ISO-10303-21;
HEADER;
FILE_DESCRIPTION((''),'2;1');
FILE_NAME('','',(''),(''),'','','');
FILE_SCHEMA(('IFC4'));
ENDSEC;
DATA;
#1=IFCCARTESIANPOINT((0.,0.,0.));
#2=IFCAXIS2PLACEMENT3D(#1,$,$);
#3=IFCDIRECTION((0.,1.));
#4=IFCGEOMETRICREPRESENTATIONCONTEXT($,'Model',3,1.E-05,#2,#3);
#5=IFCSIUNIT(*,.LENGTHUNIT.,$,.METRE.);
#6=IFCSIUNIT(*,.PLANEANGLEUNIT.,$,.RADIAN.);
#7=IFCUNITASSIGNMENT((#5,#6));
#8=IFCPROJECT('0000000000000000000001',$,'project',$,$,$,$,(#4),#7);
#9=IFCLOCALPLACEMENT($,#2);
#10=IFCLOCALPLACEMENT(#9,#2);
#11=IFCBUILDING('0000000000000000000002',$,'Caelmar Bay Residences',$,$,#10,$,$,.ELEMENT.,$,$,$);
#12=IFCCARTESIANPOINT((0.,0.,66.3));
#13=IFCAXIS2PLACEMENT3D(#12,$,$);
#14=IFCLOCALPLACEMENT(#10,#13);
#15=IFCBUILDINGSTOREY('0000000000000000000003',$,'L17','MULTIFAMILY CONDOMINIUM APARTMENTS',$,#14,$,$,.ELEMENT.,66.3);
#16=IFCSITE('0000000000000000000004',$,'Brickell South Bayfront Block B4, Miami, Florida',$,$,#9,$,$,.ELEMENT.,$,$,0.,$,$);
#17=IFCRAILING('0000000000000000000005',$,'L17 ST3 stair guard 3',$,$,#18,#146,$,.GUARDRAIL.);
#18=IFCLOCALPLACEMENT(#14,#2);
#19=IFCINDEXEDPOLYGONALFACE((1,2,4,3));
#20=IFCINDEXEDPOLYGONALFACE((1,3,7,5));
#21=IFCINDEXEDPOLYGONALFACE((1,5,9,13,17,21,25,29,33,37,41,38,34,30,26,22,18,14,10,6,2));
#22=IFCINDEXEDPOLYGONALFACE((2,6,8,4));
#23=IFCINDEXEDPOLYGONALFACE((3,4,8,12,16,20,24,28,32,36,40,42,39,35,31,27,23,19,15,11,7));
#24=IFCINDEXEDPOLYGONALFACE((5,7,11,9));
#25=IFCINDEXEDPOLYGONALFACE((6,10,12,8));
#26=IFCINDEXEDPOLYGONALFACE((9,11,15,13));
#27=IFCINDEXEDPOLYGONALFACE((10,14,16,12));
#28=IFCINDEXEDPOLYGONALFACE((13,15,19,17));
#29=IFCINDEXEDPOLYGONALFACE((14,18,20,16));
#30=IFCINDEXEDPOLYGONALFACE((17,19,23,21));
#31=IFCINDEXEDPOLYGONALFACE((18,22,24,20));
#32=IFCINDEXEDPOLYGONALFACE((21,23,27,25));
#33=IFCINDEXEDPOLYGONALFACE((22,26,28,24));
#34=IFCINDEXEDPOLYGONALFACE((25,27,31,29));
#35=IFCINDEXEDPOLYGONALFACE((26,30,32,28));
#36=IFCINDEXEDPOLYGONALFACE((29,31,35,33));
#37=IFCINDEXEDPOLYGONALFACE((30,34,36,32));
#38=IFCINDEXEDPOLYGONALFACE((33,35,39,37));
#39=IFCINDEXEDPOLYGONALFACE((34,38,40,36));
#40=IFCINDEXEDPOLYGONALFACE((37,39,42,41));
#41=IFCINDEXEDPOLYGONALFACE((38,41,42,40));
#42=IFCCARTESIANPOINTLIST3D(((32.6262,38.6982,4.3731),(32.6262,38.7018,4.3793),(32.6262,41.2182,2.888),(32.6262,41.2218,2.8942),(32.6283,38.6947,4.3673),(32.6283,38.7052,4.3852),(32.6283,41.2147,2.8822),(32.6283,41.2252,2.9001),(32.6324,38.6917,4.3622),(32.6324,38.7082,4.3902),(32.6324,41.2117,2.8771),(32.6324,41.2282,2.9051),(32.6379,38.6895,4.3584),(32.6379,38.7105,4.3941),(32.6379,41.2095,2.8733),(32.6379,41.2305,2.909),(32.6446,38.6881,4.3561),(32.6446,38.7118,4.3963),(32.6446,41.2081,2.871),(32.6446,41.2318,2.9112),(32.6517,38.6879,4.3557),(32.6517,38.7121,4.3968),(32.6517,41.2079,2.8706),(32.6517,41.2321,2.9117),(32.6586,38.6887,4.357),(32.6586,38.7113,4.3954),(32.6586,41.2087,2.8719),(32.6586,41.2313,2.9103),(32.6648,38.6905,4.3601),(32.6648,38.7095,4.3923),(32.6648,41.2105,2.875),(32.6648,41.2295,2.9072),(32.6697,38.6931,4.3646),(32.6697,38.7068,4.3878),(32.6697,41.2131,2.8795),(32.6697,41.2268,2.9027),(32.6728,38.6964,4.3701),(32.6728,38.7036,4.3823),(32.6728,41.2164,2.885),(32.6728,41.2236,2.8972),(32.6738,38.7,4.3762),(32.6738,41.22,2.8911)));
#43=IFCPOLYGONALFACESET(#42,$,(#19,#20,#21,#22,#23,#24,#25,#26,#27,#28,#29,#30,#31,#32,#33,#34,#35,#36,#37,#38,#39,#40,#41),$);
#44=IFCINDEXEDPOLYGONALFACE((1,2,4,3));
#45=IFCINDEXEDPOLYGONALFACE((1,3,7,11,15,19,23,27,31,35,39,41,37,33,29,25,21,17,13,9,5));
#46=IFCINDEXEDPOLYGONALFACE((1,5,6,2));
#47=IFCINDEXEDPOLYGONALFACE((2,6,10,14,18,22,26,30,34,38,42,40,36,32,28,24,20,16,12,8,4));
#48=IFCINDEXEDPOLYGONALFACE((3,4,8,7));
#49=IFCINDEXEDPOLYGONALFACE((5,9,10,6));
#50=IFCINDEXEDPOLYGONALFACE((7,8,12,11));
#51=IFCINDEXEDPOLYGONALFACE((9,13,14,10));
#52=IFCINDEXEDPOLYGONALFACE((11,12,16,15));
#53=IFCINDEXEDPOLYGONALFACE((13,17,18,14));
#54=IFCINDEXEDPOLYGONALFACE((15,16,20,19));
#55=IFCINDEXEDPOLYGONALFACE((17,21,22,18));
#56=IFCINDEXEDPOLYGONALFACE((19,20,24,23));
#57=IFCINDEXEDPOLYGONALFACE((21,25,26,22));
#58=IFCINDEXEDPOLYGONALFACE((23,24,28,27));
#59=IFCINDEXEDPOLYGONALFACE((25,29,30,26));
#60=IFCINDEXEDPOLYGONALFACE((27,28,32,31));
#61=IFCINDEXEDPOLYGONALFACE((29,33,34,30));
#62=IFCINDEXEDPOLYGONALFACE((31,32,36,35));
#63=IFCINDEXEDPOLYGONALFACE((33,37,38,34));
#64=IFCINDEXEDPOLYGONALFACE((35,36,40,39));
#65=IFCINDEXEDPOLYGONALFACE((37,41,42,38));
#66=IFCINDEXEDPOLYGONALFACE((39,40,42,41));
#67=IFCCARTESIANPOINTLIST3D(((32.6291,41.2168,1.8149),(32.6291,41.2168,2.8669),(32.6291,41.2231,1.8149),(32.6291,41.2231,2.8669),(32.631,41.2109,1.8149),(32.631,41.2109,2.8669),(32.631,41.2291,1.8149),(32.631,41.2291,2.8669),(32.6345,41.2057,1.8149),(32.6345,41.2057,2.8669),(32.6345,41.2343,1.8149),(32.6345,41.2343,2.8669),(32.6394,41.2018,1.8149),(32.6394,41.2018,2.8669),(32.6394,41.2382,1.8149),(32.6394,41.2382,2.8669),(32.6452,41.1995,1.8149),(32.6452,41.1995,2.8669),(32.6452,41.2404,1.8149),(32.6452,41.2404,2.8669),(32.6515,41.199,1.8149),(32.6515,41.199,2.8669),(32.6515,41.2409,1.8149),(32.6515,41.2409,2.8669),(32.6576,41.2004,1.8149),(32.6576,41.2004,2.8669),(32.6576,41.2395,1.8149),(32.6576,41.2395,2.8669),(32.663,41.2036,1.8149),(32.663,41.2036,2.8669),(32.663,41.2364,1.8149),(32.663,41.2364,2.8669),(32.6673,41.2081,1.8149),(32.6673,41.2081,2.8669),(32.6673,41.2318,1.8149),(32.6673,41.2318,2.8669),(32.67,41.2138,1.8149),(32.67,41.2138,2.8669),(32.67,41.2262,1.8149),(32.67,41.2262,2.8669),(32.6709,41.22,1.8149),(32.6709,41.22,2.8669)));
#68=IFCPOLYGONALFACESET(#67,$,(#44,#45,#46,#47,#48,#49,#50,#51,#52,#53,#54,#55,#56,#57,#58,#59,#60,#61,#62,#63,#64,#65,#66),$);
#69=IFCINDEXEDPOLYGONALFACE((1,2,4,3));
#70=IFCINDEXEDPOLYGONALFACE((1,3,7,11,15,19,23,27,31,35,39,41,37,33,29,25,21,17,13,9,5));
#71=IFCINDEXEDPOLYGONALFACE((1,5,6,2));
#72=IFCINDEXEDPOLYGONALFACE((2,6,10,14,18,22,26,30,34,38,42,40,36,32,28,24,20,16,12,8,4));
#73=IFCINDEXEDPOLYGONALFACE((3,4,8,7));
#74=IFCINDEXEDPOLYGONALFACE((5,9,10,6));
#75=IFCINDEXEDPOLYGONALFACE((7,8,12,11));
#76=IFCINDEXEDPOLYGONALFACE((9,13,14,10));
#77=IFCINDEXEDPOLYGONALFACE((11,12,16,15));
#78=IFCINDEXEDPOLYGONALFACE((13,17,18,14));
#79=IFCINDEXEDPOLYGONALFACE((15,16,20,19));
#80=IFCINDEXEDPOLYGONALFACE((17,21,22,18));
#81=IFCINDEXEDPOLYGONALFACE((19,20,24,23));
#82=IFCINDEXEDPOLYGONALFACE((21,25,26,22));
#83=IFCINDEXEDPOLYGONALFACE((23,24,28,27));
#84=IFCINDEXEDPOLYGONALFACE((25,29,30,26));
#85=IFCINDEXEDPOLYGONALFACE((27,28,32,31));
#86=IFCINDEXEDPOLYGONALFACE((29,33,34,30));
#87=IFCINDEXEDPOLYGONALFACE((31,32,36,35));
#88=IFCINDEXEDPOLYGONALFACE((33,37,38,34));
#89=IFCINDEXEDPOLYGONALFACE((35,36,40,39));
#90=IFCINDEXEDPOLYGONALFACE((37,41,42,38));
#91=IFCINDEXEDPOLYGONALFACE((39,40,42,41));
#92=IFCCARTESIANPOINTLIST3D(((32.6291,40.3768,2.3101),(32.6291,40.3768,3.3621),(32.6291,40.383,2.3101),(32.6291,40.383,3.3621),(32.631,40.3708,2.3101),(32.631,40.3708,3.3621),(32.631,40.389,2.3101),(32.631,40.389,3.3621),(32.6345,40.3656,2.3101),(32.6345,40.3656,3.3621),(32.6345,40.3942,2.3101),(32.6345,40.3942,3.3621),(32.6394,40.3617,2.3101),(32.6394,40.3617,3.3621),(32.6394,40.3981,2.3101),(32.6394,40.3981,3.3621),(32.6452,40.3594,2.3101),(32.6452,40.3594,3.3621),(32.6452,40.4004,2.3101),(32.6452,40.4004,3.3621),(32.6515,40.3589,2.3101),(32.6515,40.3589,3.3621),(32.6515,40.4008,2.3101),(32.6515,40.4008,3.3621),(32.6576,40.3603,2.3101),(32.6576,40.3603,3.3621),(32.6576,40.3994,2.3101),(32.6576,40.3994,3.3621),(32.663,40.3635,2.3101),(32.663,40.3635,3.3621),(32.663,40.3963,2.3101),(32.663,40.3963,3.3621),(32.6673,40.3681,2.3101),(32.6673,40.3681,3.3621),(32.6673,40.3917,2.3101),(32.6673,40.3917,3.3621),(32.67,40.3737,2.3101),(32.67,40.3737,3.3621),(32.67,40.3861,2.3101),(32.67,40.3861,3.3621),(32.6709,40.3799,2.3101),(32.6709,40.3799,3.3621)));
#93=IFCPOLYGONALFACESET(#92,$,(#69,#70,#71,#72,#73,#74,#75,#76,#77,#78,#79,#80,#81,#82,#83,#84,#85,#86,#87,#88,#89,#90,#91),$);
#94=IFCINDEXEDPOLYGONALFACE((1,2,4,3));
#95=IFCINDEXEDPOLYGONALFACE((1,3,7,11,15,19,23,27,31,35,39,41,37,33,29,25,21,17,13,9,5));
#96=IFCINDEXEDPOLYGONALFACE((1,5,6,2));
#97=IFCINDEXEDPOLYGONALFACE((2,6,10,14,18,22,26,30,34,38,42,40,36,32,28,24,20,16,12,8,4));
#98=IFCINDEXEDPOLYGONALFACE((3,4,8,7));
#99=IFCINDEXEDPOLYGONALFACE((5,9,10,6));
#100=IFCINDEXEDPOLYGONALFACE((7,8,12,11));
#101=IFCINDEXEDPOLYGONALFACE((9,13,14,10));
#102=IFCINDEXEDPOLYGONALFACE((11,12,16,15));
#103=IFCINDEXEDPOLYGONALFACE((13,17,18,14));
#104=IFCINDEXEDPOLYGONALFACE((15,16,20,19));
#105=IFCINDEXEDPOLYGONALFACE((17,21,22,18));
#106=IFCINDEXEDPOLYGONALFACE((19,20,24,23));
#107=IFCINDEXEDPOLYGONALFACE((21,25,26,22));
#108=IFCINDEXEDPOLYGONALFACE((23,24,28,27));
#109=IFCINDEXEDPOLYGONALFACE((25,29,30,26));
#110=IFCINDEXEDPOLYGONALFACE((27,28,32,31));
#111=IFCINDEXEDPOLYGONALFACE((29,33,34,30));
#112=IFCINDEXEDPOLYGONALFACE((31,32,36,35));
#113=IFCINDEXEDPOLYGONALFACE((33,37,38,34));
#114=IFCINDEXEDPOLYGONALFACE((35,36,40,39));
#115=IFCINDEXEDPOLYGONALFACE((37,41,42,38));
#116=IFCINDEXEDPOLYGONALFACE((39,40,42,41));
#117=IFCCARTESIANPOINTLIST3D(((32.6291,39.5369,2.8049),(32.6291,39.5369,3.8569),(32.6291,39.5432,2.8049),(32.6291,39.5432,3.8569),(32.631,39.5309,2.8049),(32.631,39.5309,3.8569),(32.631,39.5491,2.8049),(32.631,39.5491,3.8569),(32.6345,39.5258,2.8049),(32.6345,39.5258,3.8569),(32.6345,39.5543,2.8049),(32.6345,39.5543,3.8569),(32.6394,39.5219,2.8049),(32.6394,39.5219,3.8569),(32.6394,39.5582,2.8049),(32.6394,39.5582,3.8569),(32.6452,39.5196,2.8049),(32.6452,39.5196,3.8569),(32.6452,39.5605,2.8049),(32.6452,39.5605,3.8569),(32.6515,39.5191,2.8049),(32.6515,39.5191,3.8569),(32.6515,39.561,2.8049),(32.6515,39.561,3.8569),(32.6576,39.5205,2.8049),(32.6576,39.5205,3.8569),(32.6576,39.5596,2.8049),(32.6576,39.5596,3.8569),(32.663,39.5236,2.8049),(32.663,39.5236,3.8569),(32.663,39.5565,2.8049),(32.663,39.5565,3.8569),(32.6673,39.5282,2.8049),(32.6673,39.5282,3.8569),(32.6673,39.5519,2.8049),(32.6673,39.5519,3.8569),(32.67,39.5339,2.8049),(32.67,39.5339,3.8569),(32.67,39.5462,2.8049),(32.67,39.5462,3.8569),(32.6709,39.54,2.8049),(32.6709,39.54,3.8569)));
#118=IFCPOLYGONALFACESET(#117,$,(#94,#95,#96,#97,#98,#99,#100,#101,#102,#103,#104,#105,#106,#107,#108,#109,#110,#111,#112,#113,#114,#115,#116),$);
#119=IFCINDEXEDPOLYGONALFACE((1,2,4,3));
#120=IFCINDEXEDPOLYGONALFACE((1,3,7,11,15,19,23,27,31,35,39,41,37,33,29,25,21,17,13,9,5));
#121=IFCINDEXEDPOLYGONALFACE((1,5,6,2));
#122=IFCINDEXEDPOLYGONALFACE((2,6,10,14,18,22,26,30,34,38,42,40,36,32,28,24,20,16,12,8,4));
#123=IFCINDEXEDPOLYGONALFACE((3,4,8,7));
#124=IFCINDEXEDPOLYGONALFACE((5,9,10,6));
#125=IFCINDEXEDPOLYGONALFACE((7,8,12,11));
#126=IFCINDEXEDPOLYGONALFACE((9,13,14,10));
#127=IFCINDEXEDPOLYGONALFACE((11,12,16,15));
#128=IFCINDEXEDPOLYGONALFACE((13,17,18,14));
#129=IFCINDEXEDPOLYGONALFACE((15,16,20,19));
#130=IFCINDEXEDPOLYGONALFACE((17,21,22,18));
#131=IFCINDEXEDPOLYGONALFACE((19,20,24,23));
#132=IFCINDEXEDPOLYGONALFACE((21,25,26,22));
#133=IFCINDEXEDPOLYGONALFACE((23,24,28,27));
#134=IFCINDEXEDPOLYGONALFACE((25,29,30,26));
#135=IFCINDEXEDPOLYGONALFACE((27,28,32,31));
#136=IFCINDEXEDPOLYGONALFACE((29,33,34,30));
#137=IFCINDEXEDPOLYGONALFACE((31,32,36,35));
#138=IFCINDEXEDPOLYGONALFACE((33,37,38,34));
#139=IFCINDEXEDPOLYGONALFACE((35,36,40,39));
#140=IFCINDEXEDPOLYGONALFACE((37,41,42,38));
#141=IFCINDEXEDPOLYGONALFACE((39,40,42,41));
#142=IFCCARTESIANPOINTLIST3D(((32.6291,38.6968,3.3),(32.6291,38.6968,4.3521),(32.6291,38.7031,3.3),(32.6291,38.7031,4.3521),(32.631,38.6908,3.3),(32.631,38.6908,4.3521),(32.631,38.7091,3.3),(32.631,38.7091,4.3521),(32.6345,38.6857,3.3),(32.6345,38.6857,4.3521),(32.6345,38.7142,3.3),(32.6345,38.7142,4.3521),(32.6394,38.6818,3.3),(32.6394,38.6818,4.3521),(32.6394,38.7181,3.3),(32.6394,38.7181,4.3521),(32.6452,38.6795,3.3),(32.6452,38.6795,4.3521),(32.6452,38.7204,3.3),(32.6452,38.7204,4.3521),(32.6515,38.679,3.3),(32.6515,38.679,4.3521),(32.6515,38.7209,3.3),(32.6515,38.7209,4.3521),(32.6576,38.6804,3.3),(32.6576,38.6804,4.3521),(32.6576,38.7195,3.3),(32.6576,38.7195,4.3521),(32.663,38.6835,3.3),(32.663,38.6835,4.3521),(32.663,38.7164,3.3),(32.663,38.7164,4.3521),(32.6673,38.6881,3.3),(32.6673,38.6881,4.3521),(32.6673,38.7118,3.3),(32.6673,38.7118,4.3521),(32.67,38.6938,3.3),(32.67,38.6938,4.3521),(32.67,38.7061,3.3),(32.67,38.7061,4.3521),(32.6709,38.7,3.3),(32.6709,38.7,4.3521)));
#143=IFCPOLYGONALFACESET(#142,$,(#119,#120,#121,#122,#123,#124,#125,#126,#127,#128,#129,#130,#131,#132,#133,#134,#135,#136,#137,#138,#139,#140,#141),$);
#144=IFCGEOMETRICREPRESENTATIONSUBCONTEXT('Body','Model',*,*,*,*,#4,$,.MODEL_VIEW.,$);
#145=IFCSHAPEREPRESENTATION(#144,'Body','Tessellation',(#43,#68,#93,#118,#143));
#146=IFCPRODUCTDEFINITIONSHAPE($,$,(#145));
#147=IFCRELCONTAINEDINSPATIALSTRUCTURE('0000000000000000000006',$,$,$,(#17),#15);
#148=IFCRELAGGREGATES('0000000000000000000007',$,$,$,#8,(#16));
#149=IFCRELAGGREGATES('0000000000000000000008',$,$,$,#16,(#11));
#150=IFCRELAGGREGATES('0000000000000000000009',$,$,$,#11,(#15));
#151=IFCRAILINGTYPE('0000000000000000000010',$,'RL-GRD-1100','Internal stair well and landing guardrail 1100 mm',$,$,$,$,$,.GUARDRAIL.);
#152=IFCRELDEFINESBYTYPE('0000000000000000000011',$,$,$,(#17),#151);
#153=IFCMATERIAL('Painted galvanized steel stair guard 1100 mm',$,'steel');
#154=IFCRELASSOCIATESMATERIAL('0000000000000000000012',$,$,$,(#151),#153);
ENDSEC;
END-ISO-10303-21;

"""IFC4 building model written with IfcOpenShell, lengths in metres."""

from ifc_helpers import new_model, si_unit, direction, frame, origin, origin_2d, place, context, subcontext, project, spatial, circle, extrude, material, type_object, element, save


model = new_model("IFC4")

# Units and contexts
model_context = context("Model", 3, precision=1e-05, world=origin(), true_north=direction((0.0, 1.0)))
body_context = subcontext(model_context, "Body", "Model", "MODEL_VIEW")
ifc_project = project(units=[si_unit("LENGTHUNIT", "METRE"), si_unit("PLANEANGLEUNIT", "RADIAN")], contexts=[model_context])

# Site, building, storey
site_placement = place(None, origin())
site = spatial("IfcSite", under=ifc_project, at=site_placement, Name="Brickell South Bayfront Block B4, Miami, Florida", CompositionType="ELEMENT", RefElevation=0.0)
building_placement = place(site_placement, origin())
building = spatial("IfcBuilding", under=site, at=building_placement, Name="Caelmar Bay Residences", CompositionType="ELEMENT")
storey_placement = place(building_placement, frame((0.0, 0.0, 66.3)))
storey = spatial("IfcBuildingStorey", under=building, at=storey_placement, Name="L17", Description="MULTIFAMILY CONDOMINIUM APARTMENTS", CompositionType="ELEMENT", Elevation=66.3)

# Railing
ifc_material_1 = material(Name="Painted galvanized steel stair guard 1100 mm", Category="steel")
railing_type_1 = type_object("IfcRailingType", Name="RL-GRD-1100", Description="Internal stair well and landing guardrail 1100 mm", PredefinedType="GUARDRAIL", material=ifc_material_1)
railing_1_placement = place(storey_placement, frame((32.6499, 41.22, 1.8149)))
element("IfcRailing", 1, at=railing_1_placement, inside=storey, type_object=railing_type_1, Name="L17 ST3 stair guard 3", PredefinedType="GUARDRAIL", context=body_context, shape_type="SweptSolid", body=[
    extrude(circle(Radius=0.0239, at=origin_2d()), frame((0.0, 0.0, 1.0762), z_axis=(0.0, -0.861524, 0.507717), x_axis=(1.0, 0.0, 0.0)), (0.0, 0.0, 1.0), 2.925),
    extrude(circle(Radius=0.021, at=origin_2d()), origin(), (0.0, 0.0, 1.0), 1.052),
    extrude(circle(Radius=0.021, at=origin_2d()), frame((0.0, -0.8401, 0.4951)), (0.0, 0.0, 1.0), 1.052),
    extrude(circle(Radius=0.021, at=origin_2d()), frame((0.0, -1.6799, 0.99)), (0.0, 0.0, 1.0), 1.052),
    extrude(circle(Radius=0.021, at=origin_2d()), frame((0.0, -2.52, 1.4851)), (0.0, 0.0, 1.0), 1.052),
])

save(model, "model.ifc")
